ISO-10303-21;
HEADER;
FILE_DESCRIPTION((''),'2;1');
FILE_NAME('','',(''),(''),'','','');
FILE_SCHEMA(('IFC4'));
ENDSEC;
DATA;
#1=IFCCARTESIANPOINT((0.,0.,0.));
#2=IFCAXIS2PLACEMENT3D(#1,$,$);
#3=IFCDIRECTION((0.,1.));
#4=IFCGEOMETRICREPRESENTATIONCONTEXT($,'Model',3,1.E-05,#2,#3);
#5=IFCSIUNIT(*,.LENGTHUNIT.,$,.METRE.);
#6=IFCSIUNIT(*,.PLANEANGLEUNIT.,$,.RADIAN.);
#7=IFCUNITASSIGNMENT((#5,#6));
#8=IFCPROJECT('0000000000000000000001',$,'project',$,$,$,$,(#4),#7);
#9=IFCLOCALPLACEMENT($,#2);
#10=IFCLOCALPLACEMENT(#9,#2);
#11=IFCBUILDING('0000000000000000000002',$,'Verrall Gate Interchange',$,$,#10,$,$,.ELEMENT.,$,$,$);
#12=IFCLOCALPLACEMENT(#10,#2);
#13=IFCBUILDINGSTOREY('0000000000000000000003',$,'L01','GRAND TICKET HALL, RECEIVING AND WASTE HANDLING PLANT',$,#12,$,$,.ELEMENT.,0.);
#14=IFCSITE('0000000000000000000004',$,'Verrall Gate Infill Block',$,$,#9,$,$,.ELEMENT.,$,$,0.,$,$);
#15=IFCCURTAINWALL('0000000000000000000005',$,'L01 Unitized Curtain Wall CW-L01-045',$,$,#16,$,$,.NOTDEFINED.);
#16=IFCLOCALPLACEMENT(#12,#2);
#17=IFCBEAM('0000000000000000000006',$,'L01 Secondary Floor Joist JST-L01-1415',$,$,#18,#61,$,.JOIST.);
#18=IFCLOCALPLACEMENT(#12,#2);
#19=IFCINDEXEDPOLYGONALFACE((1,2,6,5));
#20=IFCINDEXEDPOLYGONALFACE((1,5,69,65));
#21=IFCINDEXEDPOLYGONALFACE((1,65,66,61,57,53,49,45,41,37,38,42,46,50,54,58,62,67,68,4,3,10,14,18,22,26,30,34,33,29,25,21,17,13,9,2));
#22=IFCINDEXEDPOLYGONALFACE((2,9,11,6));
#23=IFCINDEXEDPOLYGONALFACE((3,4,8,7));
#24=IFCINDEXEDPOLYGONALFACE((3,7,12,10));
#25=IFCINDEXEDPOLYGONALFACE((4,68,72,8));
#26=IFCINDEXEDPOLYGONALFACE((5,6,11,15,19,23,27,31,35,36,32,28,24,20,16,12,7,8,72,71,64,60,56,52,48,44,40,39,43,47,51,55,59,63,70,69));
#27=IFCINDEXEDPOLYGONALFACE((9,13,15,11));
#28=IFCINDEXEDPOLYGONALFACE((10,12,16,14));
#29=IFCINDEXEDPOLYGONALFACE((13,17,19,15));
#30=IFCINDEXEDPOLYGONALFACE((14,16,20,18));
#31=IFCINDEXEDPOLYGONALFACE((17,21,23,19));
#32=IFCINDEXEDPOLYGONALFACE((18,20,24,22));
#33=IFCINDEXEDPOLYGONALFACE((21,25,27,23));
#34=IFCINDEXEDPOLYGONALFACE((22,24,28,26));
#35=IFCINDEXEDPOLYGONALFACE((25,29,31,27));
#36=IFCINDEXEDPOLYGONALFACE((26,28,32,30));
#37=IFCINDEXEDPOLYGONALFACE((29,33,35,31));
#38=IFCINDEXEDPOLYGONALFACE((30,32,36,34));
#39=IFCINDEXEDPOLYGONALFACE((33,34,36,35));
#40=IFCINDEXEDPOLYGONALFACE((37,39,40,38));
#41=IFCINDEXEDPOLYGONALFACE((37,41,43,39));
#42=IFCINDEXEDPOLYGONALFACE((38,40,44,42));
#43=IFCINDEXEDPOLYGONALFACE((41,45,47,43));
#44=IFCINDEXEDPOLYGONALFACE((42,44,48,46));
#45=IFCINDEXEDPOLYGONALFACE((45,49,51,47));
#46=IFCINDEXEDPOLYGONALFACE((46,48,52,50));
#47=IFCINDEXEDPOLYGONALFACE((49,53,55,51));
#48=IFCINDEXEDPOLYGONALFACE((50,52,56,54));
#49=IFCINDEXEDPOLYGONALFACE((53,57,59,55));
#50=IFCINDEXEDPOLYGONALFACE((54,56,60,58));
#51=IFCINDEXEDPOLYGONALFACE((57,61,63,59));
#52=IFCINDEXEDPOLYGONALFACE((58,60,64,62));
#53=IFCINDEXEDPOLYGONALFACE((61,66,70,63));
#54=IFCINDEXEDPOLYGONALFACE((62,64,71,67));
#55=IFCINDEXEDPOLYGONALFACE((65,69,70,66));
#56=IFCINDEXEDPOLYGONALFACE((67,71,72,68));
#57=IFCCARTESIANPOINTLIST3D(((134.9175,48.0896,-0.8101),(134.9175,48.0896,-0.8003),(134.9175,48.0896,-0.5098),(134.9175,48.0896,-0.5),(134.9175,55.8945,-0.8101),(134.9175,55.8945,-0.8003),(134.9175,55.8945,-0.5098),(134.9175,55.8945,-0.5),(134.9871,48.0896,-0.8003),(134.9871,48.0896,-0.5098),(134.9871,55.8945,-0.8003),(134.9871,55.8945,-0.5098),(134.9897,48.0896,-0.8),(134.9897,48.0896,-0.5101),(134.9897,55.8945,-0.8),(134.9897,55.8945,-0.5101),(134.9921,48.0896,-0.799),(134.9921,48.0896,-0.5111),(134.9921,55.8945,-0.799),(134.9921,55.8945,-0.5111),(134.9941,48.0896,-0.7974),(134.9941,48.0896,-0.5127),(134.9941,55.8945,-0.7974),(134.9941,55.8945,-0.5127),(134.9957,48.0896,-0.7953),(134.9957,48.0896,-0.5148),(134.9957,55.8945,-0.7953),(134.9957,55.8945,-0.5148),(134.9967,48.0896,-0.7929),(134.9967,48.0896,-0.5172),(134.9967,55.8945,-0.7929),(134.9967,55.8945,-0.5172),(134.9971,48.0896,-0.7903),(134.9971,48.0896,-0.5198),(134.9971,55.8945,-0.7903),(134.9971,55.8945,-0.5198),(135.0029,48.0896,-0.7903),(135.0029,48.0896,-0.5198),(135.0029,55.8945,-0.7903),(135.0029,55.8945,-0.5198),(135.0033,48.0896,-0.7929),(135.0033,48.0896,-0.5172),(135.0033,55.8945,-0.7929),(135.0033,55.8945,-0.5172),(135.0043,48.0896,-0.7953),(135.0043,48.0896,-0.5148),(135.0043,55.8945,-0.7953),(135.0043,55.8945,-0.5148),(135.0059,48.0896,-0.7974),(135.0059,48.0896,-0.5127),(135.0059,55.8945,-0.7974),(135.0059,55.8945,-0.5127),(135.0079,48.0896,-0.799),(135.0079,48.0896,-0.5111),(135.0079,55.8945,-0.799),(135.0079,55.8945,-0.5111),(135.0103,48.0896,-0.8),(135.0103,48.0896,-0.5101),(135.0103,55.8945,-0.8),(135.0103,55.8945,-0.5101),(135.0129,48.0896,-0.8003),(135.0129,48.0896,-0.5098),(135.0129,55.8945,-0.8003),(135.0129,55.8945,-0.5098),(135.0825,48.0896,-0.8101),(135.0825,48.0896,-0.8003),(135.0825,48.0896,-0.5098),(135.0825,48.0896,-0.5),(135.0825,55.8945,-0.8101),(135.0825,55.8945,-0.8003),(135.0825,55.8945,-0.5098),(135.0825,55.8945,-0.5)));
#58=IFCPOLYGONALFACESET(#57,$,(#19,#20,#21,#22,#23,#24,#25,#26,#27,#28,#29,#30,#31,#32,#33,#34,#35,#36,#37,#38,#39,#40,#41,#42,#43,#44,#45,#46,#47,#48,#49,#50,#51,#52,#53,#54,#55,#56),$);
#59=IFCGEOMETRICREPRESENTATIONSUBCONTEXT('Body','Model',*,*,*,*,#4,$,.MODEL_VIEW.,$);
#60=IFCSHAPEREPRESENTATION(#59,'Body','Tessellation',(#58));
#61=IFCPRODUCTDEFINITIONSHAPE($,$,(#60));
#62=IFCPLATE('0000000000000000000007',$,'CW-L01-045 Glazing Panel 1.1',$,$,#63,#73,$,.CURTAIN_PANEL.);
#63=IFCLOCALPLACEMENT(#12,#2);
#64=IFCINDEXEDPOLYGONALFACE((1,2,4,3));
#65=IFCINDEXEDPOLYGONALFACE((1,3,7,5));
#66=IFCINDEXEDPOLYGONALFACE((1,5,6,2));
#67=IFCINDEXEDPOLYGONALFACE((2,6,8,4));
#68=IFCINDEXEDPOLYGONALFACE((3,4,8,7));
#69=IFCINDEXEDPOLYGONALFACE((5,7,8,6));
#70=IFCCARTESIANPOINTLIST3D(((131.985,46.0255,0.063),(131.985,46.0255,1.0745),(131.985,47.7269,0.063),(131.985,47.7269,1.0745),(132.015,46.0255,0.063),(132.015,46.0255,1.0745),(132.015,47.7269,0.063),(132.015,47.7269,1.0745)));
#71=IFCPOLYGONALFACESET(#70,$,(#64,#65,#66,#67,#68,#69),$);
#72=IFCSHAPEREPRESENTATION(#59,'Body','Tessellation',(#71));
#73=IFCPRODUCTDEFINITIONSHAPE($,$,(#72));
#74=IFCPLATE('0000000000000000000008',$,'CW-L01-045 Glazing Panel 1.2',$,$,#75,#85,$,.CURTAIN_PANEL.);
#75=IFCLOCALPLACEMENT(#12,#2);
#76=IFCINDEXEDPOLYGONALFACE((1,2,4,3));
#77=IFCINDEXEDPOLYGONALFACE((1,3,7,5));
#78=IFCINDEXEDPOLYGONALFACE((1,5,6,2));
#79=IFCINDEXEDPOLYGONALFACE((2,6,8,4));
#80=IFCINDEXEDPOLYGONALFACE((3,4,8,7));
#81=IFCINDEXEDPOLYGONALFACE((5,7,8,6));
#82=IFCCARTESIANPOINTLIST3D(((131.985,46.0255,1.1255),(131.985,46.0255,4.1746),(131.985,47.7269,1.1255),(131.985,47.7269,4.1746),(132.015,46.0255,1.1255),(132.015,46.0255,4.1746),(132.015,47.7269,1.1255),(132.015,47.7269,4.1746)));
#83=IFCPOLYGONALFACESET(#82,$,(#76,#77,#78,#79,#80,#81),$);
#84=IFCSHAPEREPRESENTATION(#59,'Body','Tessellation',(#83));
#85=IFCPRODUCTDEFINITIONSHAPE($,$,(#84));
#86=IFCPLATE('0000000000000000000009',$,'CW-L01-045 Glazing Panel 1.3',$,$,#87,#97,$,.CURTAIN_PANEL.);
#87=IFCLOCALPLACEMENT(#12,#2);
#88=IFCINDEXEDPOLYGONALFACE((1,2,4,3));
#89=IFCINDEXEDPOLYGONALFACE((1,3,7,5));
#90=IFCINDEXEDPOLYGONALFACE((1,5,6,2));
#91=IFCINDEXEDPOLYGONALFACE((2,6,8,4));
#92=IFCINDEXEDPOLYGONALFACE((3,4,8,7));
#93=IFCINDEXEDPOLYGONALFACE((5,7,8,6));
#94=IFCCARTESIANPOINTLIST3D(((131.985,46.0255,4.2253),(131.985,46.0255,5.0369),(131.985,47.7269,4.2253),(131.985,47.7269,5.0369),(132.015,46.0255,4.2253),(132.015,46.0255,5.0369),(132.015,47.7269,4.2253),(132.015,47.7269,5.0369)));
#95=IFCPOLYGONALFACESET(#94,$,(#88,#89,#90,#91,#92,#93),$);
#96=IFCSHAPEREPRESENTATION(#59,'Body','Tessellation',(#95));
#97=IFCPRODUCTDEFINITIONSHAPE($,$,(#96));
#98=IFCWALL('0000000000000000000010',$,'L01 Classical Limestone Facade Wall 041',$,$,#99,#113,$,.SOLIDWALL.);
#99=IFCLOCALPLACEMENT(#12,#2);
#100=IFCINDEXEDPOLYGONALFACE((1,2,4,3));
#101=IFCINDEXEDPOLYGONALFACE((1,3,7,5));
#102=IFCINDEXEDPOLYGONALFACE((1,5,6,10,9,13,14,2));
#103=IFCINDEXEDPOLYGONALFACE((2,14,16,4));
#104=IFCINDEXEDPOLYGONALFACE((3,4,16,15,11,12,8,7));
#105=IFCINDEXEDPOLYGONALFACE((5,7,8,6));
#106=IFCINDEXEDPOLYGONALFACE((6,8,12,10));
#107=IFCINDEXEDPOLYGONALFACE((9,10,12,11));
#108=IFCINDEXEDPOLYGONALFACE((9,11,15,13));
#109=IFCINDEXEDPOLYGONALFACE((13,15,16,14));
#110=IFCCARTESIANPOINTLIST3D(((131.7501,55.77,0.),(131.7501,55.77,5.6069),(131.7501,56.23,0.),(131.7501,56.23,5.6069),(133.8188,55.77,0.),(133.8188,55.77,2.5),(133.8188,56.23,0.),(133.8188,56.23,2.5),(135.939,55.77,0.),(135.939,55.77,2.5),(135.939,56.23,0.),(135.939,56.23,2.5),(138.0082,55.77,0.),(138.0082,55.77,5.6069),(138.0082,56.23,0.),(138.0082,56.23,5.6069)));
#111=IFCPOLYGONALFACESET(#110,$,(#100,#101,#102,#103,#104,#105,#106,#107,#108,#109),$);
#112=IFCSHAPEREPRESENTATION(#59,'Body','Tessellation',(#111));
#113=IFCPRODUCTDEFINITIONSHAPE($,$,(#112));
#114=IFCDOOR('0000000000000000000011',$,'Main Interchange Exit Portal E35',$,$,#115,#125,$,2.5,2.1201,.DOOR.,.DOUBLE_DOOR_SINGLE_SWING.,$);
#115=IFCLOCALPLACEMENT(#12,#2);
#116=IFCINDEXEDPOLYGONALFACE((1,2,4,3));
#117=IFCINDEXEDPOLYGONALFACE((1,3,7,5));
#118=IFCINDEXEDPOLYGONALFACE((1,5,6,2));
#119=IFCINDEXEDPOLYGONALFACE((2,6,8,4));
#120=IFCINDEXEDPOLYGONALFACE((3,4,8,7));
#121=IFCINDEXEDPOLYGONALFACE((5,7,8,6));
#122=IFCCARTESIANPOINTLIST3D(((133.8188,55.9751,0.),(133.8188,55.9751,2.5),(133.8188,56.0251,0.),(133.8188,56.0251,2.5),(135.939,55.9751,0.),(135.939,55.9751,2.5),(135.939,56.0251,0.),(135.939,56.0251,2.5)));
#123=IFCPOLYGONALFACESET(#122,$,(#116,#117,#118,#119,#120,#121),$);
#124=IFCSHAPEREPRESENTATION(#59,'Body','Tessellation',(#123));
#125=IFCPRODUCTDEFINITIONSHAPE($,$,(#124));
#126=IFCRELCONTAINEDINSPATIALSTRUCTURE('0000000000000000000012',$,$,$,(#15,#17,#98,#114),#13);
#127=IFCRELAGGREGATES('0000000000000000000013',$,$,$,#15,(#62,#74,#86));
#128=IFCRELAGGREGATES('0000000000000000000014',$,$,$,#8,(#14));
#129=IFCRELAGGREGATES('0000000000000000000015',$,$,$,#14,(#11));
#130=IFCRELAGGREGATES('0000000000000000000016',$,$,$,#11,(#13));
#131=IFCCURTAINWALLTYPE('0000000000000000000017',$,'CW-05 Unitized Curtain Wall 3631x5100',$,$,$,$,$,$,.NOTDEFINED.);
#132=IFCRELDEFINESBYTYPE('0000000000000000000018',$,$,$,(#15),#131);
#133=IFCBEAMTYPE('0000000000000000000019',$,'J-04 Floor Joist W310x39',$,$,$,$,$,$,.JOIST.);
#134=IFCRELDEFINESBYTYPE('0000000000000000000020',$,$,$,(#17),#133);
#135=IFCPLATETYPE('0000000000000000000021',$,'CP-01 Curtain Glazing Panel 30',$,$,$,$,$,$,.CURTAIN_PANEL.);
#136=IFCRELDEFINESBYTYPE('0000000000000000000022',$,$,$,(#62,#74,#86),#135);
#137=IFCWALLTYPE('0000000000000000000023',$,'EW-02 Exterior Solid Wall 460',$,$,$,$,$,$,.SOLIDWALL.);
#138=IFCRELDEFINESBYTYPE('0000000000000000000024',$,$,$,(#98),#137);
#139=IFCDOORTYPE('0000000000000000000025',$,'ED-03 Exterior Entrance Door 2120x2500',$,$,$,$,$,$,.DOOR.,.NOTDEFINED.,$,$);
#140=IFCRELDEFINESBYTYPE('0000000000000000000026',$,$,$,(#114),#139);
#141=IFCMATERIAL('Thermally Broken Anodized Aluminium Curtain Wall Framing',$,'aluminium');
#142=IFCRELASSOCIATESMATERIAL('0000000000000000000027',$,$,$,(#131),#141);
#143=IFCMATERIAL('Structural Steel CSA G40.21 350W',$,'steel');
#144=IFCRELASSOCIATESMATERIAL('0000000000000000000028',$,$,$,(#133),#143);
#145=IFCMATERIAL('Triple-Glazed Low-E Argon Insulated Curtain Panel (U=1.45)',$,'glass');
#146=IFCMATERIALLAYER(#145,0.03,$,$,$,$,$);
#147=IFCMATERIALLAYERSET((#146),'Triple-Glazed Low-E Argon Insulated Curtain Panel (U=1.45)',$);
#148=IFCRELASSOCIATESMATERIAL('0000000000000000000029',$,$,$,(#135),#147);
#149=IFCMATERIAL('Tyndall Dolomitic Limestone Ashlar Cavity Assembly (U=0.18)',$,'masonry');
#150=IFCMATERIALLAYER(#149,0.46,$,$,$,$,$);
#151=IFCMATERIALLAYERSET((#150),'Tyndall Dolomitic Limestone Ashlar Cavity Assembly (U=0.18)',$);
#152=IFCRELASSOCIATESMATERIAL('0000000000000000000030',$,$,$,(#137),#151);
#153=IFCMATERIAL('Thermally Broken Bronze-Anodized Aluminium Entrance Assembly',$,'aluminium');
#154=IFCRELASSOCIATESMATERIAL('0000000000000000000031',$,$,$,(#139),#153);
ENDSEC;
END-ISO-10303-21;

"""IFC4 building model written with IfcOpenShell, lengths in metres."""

from ifc_helpers import new_model, si_unit, direction, frame, frame_2d, origin, origin_2d, place, context, subcontext, project, spatial, rectangle, i_section, extrude, material, layer, layer_set, material_profile, profile_set, type_object, element, fill, aggregate, save


model = new_model("IFC4")

# Units and contexts
model_context = context("Model", 3, precision=1e-05, world=origin(), true_north=direction((0.0, 1.0)))
body_context = subcontext(model_context, "Body", "Model", "MODEL_VIEW")
ifc_project = project(units=[si_unit("LENGTHUNIT", "METRE"), si_unit("PLANEANGLEUNIT", "RADIAN")], contexts=[model_context])

# Site, building, storey
site_placement = place(None, origin())
site = spatial("IfcSite", under=ifc_project, at=site_placement, Name="Verrall Gate Infill Block", CompositionType="ELEMENT", RefElevation=0.0)
building_placement = place(site_placement, origin())
building = spatial("IfcBuilding", under=site, at=building_placement, Name="Verrall Gate Interchange", CompositionType="ELEMENT")
storey_placement = place(building_placement, origin())
storey = spatial("IfcBuildingStorey", under=building, at=storey_placement, Name="L01", Description="GRAND TICKET HALL, RECEIVING AND WASTE HANDLING PLANT", CompositionType="ELEMENT", Elevation=0.0)

# Curtain wall
ifc_material_1 = material(Name="Thermally Broken Anodized Aluminium Curtain Wall Framing", Category="aluminium")
curtain_wall_type = type_object("IfcCurtainWallType", Name="CW-05 Unitized Curtain Wall 3631x5100", PredefinedType="NOTDEFINED", material=ifc_material_1)
curtain_wall_placement = place(storey_placement, origin())
curtain_wall = element("IfcCurtainWall", 1, at=curtain_wall_placement, inside=storey, type_object=curtain_wall_type, Name="L01 Unitized Curtain Wall CW-L01-045", PredefinedType="NOTDEFINED")

# Beam
ifc_material_2 = material(Name="Structural Steel CSA G40.21 350W", Category="steel")
ifc_material_profile_1 = material_profile(ifc_material_2, i_section(OverallWidth=0.165, OverallDepth=0.3101, WebThickness=0.0059, FlangeThickness=0.0098, FilletRadius=0.01, at=origin_2d()), Name="W310x39")
ifc_profile_set_1 = profile_set([ifc_material_profile_1], Name="Structural Steel CSA G40.21 350W")
beam_type_1 = type_object("IfcBeamType", Name="J-04 Floor Joist W310x39", PredefinedType="JOIST", material=ifc_profile_set_1)
beam_1_placement = place(storey_placement, frame((135.0, 48.0896, -0.655), z_axis=(0.0, 1.0, 0.0), x_axis=(-1.0, 0.0, 0.0)))
element("IfcBeam", 2, at=beam_1_placement, inside=storey, type_object=beam_type_1, Name="L01 Secondary Floor Joist JST-L01-1415", PredefinedType="JOIST", context=body_context, shape_type="SweptSolid", body=[
    extrude(i_section(OverallWidth=0.165, OverallDepth=0.3101, WebThickness=0.0059, FlangeThickness=0.0098, FilletRadius=0.01, at=origin_2d()), origin(), (0.0, 0.0, 1.0), 7.8049),
])

# Plates
ifc_material_3 = material(Name="Triple-Glazed Low-E Argon Insulated Curtain Panel (U=1.45)", Category="glass")
ifc_layer_1 = layer(ifc_material_3, 0.03)
ifc_layer_set_1 = layer_set([ifc_layer_1], Name="Triple-Glazed Low-E Argon Insulated Curtain Panel (U=1.45)")
plate_type = type_object("IfcPlateType", Name="CP-01 Curtain Glazing Panel 30", PredefinedType="CURTAIN_PANEL", material=ifc_layer_set_1)
plate_1_placement = place(storey_placement, frame((132.0, 46.8762, 0.063), z_axis=(0.0, 0.0, 1.0), x_axis=(0.0, -1.0, 0.0)))
plate_1 = element("IfcPlate", 3, at=plate_1_placement, type_object=plate_type, Name="CW-L01-045 Glazing Panel 1.1", PredefinedType="CURTAIN_PANEL", context=body_context, shape_type="SweptSolid", body=[
    extrude(rectangle(XDim=1.7014, YDim=0.03, at=origin_2d()), origin(), (0.0, 0.0, 1.0), 1.0115),
])
plate_2_placement = place(storey_placement, frame((132.0, 46.8762, 1.1255), z_axis=(0.0, 0.0, 1.0), x_axis=(0.0, -1.0, 0.0)))
plate_2 = element("IfcPlate", 4, at=plate_2_placement, type_object=plate_type, Name="CW-L01-045 Glazing Panel 1.2", PredefinedType="CURTAIN_PANEL", context=body_context, shape_type="SweptSolid", body=[
    extrude(rectangle(XDim=1.7014, YDim=0.03, at=origin_2d()), origin(), (0.0, 0.0, 1.0), 3.0491),
])
plate_3_placement = place(storey_placement, frame((132.0, 46.8762, 4.2253), z_axis=(0.0, 0.0, 1.0), x_axis=(0.0, -1.0, 0.0)))
plate_3 = element("IfcPlate", 5, at=plate_3_placement, type_object=plate_type, Name="CW-L01-045 Glazing Panel 1.3", PredefinedType="CURTAIN_PANEL", context=body_context, shape_type="SweptSolid", body=[
    extrude(rectangle(XDim=1.7014, YDim=0.03, at=origin_2d()), origin(), (0.0, 0.0, 1.0), 0.8115),
])
aggregate(curtain_wall, [plate_1, plate_2, plate_3])

# Wall, opening, door
ifc_material_4 = material(Name="Tyndall Dolomitic Limestone Ashlar Cavity Assembly (U=0.18)", Category="masonry")
ifc_layer_2 = layer(ifc_material_4, 0.46)
ifc_layer_set_2 = layer_set([ifc_layer_2], Name="Tyndall Dolomitic Limestone Ashlar Cavity Assembly (U=0.18)")
wall_type = type_object("IfcWallType", Name="EW-02 Exterior Solid Wall 460", PredefinedType="SOLIDWALL", material=ifc_layer_set_2)
wall_placement = place(storey_placement, frame((138.0081, 56.0, 0.0), z_axis=(0.0, 0.0, 1.0), x_axis=(-1.0, 0.0, 0.0)))
wall = element("IfcWall", 6, at=wall_placement, inside=storey, type_object=wall_type, Name="L01 Classical Limestone Facade Wall 041", PredefinedType="SOLIDWALL", context=body_context, shape_type="SweptSolid", body=[
    extrude(rectangle(XDim=6.2581, YDim=0.46, at=frame_2d((3.1289, 0.0))), origin(), (0.0, 0.0, 1.0), 5.6069),
])
opening_placement = place(wall_placement, frame((2.0691, 0.0, 0.0)))
opening = element("IfcOpeningElement", 7, at=opening_placement, cuts=wall, PredefinedType="OPENING", context=body_context, shape_type="SweptSolid", body=[
    extrude(rectangle(XDim=2.1201, YDim=2.5, at=frame_2d((1.0601, 1.25))), frame((0.0, 0.2449, 0.0), z_axis=(0.0, -1.0, 0.0), x_axis=(1.0, 0.0, 0.0)), (0.0, 0.0, 1.0), 0.4897),
])
ifc_material_5 = material(Name="Thermally Broken Bronze-Anodized Aluminium Entrance Assembly", Category="aluminium")
door_type = type_object("IfcDoorType", Name="ED-03 Exterior Entrance Door 2120x2500", OperationType="NOTDEFINED", PredefinedType="DOOR", material=ifc_material_5)
door_placement = place(opening_placement, origin())
door = element("IfcDoor", 8, at=door_placement, inside=storey, type_object=door_type, Name="Main Interchange Exit Portal E35", OperationType="DOUBLE_DOOR_SINGLE_SWING", OverallHeight=2.5, OverallWidth=2.1201, PredefinedType="DOOR", context=body_context, shape_type="SweptSolid", body=[
    extrude(rectangle(XDim=2.1201, YDim=2.5, at=frame_2d((1.0601, 1.25))), frame((0.0, 0.0249, 0.0), z_axis=(0.0, -1.0, 0.0), x_axis=(1.0, 0.0, 0.0)), (0.0, 0.0, 1.0), 0.05),
])
fill(opening, door)

save(model, "model.ifc")
